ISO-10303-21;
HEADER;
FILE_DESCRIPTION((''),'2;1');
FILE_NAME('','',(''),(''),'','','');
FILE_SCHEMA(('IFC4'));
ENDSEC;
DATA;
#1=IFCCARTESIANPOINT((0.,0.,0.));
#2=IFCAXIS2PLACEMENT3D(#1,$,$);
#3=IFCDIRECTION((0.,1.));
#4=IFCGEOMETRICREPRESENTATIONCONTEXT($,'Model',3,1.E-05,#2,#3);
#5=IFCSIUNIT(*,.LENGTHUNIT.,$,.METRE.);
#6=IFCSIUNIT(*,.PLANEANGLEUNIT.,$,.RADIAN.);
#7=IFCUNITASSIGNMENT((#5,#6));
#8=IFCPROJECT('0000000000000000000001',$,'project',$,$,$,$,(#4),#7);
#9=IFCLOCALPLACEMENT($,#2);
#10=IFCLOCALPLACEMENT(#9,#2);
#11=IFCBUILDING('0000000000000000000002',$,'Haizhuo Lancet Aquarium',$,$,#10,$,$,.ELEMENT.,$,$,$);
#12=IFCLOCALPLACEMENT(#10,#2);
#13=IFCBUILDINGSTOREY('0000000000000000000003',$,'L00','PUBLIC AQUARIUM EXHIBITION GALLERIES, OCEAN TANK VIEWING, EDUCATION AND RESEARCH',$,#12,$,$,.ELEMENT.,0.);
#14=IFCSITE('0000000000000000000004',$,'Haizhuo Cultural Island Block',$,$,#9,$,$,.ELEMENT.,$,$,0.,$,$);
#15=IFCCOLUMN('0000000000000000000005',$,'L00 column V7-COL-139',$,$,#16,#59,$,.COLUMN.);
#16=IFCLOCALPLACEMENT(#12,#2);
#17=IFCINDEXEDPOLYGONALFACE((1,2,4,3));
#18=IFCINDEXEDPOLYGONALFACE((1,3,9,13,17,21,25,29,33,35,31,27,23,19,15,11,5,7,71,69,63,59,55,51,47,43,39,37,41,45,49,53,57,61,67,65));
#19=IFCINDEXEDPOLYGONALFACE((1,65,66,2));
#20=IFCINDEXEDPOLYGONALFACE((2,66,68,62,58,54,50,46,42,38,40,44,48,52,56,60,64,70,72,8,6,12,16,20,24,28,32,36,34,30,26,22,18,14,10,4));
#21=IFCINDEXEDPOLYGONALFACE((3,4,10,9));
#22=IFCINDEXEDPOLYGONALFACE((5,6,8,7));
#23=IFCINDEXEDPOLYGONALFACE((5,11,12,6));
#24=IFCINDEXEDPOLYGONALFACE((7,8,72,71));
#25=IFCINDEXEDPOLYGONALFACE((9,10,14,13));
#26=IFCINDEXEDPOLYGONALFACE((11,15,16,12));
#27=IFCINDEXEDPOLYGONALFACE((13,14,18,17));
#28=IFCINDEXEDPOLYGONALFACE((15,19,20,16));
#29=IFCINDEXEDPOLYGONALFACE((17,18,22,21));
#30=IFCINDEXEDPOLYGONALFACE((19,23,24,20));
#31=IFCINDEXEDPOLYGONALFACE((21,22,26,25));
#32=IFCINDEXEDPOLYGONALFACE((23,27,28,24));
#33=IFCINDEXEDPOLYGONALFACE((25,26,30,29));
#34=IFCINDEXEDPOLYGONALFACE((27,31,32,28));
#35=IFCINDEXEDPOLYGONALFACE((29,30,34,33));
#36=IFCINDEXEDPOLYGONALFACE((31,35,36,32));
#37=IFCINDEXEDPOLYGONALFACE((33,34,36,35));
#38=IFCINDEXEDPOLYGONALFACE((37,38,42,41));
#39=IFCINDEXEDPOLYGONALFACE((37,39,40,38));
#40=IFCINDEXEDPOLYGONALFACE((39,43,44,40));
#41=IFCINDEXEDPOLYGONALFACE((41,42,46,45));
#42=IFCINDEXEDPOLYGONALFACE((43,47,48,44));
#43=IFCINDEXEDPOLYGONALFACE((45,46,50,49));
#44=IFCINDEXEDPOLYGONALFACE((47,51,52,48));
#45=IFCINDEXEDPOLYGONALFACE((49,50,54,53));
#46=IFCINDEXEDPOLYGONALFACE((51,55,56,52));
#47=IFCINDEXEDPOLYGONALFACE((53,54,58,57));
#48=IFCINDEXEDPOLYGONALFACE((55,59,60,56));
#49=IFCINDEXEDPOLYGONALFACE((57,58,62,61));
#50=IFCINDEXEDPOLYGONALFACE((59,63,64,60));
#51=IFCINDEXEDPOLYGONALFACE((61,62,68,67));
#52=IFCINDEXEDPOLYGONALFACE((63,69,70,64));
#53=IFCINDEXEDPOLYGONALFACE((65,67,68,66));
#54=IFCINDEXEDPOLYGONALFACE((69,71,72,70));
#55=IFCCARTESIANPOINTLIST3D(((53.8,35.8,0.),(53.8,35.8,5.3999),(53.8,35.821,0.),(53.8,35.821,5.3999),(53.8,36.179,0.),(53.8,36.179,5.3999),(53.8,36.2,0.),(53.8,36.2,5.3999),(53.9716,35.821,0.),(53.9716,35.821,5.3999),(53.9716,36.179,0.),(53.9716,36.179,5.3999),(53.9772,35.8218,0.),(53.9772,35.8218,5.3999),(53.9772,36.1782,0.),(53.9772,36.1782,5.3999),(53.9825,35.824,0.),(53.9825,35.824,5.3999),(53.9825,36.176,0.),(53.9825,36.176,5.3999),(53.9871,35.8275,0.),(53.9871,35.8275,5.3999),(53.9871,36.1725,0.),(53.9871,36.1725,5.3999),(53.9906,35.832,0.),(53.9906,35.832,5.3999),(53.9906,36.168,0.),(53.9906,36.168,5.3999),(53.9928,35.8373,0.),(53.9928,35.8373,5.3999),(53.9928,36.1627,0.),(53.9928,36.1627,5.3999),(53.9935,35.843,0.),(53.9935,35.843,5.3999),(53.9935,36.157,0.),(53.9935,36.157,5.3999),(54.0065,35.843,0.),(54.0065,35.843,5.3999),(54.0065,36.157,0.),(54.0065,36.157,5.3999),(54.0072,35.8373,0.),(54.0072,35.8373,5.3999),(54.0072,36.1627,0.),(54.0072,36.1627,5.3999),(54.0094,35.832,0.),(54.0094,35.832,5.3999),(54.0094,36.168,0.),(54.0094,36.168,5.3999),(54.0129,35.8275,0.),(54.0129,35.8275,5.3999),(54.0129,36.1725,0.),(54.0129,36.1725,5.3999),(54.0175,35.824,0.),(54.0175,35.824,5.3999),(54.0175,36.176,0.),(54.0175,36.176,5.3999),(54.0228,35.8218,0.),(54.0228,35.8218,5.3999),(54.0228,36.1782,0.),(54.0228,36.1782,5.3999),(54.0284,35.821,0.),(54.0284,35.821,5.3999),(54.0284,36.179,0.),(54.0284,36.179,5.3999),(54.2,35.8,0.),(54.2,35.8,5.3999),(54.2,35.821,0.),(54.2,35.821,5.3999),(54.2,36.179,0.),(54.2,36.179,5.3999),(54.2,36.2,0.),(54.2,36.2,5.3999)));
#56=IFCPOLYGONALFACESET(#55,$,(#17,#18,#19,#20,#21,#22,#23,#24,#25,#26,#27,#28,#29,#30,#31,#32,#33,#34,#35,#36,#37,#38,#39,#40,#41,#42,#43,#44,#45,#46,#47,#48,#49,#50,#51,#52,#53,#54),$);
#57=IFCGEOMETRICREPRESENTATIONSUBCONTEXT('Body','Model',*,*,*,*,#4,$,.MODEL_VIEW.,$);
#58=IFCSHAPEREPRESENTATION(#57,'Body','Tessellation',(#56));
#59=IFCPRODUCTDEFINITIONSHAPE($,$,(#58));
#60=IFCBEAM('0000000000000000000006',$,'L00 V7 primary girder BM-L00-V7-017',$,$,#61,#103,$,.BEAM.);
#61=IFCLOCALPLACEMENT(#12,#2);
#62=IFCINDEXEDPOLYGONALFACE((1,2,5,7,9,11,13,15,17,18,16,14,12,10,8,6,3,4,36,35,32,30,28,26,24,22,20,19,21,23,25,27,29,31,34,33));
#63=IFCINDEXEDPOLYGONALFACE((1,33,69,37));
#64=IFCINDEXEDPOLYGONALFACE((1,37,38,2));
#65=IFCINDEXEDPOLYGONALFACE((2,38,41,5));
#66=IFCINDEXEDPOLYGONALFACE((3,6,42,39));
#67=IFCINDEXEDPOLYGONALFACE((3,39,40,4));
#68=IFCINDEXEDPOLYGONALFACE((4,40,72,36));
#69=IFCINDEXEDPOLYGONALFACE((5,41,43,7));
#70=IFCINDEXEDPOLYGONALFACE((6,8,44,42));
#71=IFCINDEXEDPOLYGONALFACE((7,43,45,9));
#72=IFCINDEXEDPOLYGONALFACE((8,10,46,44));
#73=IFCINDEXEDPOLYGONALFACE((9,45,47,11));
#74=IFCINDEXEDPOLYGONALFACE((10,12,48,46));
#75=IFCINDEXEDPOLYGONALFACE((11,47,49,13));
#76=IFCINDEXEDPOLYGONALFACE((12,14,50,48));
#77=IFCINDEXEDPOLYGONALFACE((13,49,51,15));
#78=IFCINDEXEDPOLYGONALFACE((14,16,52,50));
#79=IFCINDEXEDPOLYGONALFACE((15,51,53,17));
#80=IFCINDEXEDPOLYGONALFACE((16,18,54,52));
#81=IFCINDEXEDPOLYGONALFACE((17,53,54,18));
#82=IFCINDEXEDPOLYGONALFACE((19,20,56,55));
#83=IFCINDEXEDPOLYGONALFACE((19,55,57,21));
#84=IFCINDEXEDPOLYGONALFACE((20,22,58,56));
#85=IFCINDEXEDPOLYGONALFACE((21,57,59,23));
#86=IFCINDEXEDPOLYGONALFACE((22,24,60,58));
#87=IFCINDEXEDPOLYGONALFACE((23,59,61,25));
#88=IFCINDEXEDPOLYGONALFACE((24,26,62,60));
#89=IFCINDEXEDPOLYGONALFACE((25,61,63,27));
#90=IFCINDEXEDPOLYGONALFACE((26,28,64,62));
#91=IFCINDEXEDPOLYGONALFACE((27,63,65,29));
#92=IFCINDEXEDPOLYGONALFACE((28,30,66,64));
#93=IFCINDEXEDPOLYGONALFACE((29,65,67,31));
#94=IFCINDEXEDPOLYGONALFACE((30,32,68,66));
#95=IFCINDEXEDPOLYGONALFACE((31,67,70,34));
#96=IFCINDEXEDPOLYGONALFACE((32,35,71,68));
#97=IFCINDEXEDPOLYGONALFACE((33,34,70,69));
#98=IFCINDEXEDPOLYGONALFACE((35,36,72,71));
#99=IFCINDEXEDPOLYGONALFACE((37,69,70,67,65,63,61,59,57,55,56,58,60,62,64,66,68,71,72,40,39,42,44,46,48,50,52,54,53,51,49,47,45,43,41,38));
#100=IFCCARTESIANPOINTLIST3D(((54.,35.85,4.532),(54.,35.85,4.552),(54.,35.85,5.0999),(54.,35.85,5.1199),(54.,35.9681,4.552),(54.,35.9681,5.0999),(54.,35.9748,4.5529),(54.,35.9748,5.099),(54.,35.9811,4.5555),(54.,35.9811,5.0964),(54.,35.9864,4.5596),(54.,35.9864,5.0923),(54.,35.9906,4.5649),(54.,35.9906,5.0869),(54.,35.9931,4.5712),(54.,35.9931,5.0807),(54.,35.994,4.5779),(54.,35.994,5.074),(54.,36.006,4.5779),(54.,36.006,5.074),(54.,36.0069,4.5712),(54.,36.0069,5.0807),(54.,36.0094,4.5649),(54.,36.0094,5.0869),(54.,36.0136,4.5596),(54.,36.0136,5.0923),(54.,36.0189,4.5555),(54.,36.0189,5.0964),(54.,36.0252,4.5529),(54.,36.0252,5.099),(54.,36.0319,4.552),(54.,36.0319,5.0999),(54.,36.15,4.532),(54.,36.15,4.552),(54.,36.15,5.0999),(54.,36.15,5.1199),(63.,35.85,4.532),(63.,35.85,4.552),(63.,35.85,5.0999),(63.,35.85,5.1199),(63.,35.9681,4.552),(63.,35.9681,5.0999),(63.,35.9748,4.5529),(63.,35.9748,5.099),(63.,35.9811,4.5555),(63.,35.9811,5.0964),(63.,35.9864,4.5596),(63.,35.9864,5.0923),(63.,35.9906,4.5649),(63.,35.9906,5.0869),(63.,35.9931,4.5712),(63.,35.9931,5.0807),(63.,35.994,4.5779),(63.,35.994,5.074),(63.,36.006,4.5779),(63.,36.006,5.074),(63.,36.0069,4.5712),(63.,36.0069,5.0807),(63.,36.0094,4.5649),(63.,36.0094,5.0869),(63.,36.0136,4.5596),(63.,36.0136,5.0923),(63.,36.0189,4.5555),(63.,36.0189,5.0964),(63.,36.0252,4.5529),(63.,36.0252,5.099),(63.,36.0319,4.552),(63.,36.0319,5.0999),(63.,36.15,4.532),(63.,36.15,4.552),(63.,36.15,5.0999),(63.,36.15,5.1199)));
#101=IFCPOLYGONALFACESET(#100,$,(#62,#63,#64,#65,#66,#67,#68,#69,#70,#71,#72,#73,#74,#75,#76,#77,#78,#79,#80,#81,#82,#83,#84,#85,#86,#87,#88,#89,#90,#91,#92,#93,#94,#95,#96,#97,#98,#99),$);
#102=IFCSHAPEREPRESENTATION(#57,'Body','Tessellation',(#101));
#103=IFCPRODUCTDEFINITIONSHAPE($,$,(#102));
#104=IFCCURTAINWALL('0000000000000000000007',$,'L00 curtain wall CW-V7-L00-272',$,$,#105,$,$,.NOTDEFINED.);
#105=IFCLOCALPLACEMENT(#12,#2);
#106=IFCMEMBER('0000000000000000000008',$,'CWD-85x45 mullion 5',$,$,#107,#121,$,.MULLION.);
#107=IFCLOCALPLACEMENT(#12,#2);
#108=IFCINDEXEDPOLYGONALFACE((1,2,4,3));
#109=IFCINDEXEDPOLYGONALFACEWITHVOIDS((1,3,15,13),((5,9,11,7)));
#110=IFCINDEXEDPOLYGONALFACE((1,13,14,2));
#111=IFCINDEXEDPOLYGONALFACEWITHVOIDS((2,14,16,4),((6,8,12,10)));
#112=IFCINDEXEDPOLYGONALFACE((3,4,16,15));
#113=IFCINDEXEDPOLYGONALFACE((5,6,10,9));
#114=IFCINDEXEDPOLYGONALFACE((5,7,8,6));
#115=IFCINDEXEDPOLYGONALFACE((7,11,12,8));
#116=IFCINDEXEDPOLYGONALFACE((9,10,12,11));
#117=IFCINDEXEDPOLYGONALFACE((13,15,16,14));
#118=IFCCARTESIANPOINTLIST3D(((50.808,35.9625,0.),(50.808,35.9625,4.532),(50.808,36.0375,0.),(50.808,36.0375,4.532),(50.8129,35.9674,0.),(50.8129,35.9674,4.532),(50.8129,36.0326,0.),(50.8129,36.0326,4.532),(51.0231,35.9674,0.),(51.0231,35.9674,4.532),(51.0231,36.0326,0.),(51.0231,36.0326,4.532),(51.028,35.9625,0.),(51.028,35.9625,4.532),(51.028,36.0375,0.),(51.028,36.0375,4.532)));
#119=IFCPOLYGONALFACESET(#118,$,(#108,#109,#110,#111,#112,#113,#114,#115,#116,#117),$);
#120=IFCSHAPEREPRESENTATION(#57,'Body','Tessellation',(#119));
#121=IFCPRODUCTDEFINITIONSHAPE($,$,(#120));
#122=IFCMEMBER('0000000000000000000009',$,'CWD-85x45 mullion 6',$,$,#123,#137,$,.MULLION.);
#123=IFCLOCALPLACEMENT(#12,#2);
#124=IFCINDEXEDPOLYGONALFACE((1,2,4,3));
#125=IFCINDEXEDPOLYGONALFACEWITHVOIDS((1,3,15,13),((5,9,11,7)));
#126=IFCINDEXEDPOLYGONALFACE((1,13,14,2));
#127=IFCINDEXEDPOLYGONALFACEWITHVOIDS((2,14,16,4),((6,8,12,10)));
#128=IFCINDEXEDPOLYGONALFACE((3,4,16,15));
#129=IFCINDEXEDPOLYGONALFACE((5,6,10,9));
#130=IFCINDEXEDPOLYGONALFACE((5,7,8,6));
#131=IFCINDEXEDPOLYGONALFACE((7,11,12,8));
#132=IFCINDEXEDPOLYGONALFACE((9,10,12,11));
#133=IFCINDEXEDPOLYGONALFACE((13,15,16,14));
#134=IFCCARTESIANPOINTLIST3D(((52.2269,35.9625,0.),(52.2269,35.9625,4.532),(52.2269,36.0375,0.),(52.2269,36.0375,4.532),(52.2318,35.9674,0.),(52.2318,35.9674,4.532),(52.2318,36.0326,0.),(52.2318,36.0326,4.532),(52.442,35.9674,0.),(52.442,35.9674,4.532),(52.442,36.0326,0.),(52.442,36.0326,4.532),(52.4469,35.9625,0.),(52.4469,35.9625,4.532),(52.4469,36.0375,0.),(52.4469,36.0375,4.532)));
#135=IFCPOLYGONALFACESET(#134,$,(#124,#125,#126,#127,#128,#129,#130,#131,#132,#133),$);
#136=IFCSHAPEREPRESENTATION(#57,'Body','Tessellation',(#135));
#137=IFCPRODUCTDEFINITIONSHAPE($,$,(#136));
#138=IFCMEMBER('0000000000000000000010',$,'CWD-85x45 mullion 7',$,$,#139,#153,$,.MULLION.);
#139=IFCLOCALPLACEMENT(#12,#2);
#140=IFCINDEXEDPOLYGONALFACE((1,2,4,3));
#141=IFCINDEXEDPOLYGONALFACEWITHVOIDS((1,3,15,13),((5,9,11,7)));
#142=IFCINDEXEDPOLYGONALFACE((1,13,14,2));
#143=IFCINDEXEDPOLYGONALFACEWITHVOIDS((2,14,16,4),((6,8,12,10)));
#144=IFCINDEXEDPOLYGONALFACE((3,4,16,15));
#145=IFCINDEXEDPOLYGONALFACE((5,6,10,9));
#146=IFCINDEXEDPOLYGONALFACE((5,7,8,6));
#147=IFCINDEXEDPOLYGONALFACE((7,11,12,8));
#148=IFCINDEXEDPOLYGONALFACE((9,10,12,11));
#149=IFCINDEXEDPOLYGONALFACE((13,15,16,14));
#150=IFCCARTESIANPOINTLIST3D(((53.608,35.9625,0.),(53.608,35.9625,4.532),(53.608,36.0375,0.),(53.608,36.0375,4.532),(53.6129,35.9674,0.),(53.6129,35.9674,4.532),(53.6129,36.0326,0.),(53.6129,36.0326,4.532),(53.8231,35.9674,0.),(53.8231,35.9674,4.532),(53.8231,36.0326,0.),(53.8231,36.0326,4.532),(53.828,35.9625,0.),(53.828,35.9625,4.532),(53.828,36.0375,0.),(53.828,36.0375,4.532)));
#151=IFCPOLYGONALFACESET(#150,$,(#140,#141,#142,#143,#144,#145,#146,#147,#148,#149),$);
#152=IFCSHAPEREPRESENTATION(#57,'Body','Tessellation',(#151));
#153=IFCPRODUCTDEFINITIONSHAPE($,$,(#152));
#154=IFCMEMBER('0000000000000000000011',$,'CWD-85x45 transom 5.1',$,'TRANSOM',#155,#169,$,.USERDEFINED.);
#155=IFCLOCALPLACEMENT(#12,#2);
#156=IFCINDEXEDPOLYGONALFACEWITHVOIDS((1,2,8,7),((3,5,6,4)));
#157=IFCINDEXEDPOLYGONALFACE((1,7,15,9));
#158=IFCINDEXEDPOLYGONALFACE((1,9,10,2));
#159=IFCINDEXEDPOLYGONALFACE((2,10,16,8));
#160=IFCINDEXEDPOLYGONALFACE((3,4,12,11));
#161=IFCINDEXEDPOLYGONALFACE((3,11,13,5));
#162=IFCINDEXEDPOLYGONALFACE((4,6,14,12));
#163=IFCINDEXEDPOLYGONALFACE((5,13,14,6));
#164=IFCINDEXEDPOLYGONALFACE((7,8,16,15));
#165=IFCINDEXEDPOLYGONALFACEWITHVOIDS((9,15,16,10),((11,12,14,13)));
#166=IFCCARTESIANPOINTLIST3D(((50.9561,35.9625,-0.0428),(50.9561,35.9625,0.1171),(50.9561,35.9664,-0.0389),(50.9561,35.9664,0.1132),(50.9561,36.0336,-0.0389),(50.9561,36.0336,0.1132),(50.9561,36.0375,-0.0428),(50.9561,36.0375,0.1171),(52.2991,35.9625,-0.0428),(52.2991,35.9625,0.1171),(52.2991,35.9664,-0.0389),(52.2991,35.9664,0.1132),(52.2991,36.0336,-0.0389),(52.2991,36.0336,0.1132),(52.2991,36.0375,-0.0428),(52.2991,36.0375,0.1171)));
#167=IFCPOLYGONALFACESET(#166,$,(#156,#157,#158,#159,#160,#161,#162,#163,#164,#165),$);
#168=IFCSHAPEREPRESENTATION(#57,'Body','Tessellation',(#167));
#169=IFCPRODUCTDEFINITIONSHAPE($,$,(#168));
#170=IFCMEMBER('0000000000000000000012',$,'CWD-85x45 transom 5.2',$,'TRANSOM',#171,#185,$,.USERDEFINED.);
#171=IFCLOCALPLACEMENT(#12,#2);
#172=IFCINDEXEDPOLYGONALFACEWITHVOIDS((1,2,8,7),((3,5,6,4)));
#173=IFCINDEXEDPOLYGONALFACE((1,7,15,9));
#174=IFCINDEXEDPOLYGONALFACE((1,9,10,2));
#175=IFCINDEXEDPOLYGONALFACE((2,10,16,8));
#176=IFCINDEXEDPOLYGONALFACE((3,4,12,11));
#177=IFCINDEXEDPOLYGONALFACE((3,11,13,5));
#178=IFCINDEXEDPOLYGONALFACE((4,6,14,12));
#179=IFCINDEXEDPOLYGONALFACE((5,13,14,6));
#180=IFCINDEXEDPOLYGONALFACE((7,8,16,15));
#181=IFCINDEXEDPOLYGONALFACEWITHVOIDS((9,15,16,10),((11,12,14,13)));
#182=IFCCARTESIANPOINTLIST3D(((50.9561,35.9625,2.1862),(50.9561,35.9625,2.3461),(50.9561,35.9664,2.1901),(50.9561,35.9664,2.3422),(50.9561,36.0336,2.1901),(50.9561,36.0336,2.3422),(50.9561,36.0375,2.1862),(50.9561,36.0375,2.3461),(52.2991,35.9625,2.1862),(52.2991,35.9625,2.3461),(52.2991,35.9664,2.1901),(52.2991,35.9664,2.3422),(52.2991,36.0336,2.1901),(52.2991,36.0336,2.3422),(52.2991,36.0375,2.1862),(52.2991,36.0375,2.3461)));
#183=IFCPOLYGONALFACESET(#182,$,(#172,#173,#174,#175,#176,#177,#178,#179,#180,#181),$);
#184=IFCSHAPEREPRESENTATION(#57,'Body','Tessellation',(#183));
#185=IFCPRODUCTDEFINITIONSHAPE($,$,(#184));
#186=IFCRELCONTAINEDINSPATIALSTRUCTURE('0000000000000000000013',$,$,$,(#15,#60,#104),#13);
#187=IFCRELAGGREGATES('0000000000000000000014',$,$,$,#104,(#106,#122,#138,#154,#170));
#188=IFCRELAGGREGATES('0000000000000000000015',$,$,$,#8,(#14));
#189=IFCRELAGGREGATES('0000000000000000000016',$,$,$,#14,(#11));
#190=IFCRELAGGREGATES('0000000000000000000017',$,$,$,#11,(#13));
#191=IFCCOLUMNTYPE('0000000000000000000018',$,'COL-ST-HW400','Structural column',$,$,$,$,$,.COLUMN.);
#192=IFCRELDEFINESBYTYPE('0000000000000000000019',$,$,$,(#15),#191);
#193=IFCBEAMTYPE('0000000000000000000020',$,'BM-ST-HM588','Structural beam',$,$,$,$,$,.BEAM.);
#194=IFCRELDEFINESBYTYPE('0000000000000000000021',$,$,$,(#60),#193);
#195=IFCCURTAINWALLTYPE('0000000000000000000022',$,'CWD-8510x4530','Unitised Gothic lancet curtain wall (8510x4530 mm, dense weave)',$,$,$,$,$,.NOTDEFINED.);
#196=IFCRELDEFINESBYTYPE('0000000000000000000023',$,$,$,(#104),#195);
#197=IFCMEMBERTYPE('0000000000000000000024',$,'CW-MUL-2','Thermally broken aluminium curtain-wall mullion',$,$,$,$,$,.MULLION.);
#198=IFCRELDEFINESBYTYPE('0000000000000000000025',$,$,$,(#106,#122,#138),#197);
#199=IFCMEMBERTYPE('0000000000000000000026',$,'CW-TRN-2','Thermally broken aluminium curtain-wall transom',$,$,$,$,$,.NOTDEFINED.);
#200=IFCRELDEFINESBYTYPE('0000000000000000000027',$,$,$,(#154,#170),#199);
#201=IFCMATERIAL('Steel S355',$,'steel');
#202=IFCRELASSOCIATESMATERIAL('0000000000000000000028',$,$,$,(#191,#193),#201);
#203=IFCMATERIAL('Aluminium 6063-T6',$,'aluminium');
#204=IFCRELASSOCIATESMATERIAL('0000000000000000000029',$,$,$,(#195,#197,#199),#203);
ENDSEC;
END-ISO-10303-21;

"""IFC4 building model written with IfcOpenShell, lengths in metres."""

from ifc_helpers import new_model, si_unit, direction, frame, origin, origin_2d, place, context, subcontext, project, spatial, hollow_rectangle, i_section, extrude, material, material_profile, profile_set, type_object, element, aggregate, save


model = new_model("IFC4")

# Units and contexts
model_context = context("Model", 3, precision=1e-05, world=origin(), true_north=direction((0.0, 1.0)))
body_context = subcontext(model_context, "Body", "Model", "MODEL_VIEW")
ifc_project = project(units=[si_unit("LENGTHUNIT", "METRE"), si_unit("PLANEANGLEUNIT", "RADIAN")], contexts=[model_context])

# Site, building, storey
site_placement = place(None, origin())
site = spatial("IfcSite", under=ifc_project, at=site_placement, Name="Haizhuo Cultural Island Block", CompositionType="ELEMENT", RefElevation=0.0)
building_placement = place(site_placement, origin())
building = spatial("IfcBuilding", under=site, at=building_placement, Name="Haizhuo Lancet Aquarium", CompositionType="ELEMENT")
storey_placement = place(building_placement, origin())
storey = spatial("IfcBuildingStorey", under=building, at=storey_placement, Name="L00", Description="PUBLIC AQUARIUM EXHIBITION GALLERIES, OCEAN TANK VIEWING, EDUCATION AND RESEARCH", CompositionType="ELEMENT", Elevation=0.0)

# Column
ifc_material_1 = material(Name="Steel S355", Category="steel")
ifc_material_profile_1 = material_profile(ifc_material_1, i_section(OverallWidth=0.3999, OverallDepth=0.3999, WebThickness=0.0129, FlangeThickness=0.021, FilletRadius=0.022, at=origin_2d()), Name="HW 400x400x13x21")
ifc_profile_set_1 = profile_set([ifc_material_profile_1], Name="Steel S355")
column_type = type_object("IfcColumnType", Name="COL-ST-HW400", Description="Structural column", PredefinedType="COLUMN", material=ifc_profile_set_1)
column_placement = place(storey_placement, frame((54.0, 36.0, 0.0), z_axis=(0.0, 0.0, 1.0), x_axis=(1.0, 0.0, 0.0)))
element("IfcColumn", 1, at=column_placement, inside=storey, type_object=column_type, Name="L00 column V7-COL-139", PredefinedType="COLUMN", context=body_context, shape_type="SweptSolid", body=[
    extrude(i_section(OverallWidth=0.3999, OverallDepth=0.3999, WebThickness=0.0129, FlangeThickness=0.021, FilletRadius=0.022, at=origin_2d()), origin(), (0.0, 0.0, 1.0), 5.3999),
])

# Beam
ifc_material_profile_2 = material_profile(ifc_material_1, i_section(OverallWidth=0.3, OverallDepth=0.5879, WebThickness=0.012, FlangeThickness=0.02, FilletRadius=0.0259, at=origin_2d()), Name="HM 588x300x12x20")
ifc_profile_set_2 = profile_set([ifc_material_profile_2], Name="Steel S355")
beam_type = type_object("IfcBeamType", Name="BM-ST-HM588", Description="Structural beam", PredefinedType="BEAM", material=ifc_profile_set_2)
beam_placement = place(storey_placement, frame((54.0, 36.0, 4.8259), z_axis=(1.0, 0.0, 0.0), x_axis=(0.0, 1.0, 0.0)))
element("IfcBeam", 2, at=beam_placement, inside=storey, type_object=beam_type, Name="L00 V7 primary girder BM-L00-V7-017", PredefinedType="BEAM", context=body_context, shape_type="SweptSolid", body=[
    extrude(i_section(OverallWidth=0.3, OverallDepth=0.5879, WebThickness=0.012, FlangeThickness=0.02, FilletRadius=0.0259, at=origin_2d()), origin(), (0.0, 0.0, 1.0), 9.0),
])

# Curtain wall, members
ifc_material_2 = material(Name="Aluminium 6063-T6", Category="aluminium")
curtain_wall_type = type_object("IfcCurtainWallType", Name="CWD-8510x4530", Description="Unitised Gothic lancet curtain wall (8510x4530 mm, dense weave)", PredefinedType="NOTDEFINED", material=ifc_material_2)
curtain_wall_placement = place(storey_placement, origin())
curtain_wall = element("IfcCurtainWall", 3, at=curtain_wall_placement, inside=storey, type_object=curtain_wall_type, Name="L00 curtain wall CW-V7-L00-272", PredefinedType="NOTDEFINED")
ifc_material_profile_3 = material_profile(ifc_material_2, hollow_rectangle(XDim=0.075, YDim=0.22, WallThickness=0.0049, at=origin_2d()), Name="ALU-M 75x220x5")
ifc_profile_set_3 = profile_set([ifc_material_profile_3], Name="Aluminium 6063-T6")
member_type_1 = type_object("IfcMemberType", Name="CW-MUL-2", Description="Thermally broken aluminium curtain-wall mullion", PredefinedType="MULLION", material=ifc_profile_set_3)
member_1_placement = place(storey_placement, frame((50.918, 36.0, 0.0), z_axis=(0.0, 0.0, 1.0), x_axis=(0.0, 1.0, 0.0)))
member_1 = element("IfcMember", 4, at=member_1_placement, type_object=member_type_1, Name="CWD-85x45 mullion 5", PredefinedType="MULLION", context=body_context, shape_type="SweptSolid", body=[
    extrude(hollow_rectangle(XDim=0.075, YDim=0.22, WallThickness=0.0049, at=origin_2d()), origin(), (0.0, 0.0, 1.0), 4.532),
])
member_2_placement = place(storey_placement, frame((52.3369, 36.0, 0.0), z_axis=(0.0, 0.0, 1.0), x_axis=(0.0, 1.0, 0.0)))
member_2 = element("IfcMember", 5, at=member_2_placement, type_object=member_type_1, Name="CWD-85x45 mullion 6", PredefinedType="MULLION", context=body_context, shape_type="SweptSolid", body=[
    extrude(hollow_rectangle(XDim=0.075, YDim=0.22, WallThickness=0.0049, at=origin_2d()), origin(), (0.0, 0.0, 1.0), 4.532),
])
member_3_placement = place(storey_placement, frame((53.718, 36.0, 0.0), z_axis=(0.0, 0.0, 1.0), x_axis=(0.0, 1.0, 0.0)))
member_3 = element("IfcMember", 6, at=member_3_placement, type_object=member_type_1, Name="CWD-85x45 mullion 7", PredefinedType="MULLION", context=body_context, shape_type="SweptSolid", body=[
    extrude(hollow_rectangle(XDim=0.075, YDim=0.22, WallThickness=0.0049, at=origin_2d()), origin(), (0.0, 0.0, 1.0), 4.532),
])
ifc_material_profile_4 = material_profile(ifc_material_2, hollow_rectangle(XDim=0.075, YDim=0.1599, WallThickness=0.0039, at=origin_2d()), Name="ALU-T 75x160x4")
ifc_profile_set_4 = profile_set([ifc_material_profile_4], Name="Aluminium 6063-T6")
member_type_2 = type_object("IfcMemberType", Name="CW-TRN-2", Description="Thermally broken aluminium curtain-wall transom", PredefinedType="NOTDEFINED", material=ifc_profile_set_4)
member_4_placement = place(storey_placement, frame((50.9561, 36.0, 0.0371), z_axis=(1.0, 0.0, 0.0), x_axis=(0.0, 1.0, 0.0)))
member_4 = element("IfcMember", 7, at=member_4_placement, type_object=member_type_2, Name="CWD-85x45 transom 5.1", ObjectType="TRANSOM", PredefinedType="USERDEFINED", context=body_context, shape_type="SweptSolid", body=[
    extrude(hollow_rectangle(XDim=0.075, YDim=0.1599, WallThickness=0.0039, at=origin_2d()), origin(), (0.0, 0.0, 1.0), 1.343),
])
member_5_placement = place(storey_placement, frame((50.9561, 36.0, 2.2661), z_axis=(1.0, 0.0, 0.0), x_axis=(0.0, 1.0, 0.0)))
member_5 = element("IfcMember", 8, at=member_5_placement, type_object=member_type_2, Name="CWD-85x45 transom 5.2", ObjectType="TRANSOM", PredefinedType="USERDEFINED", context=body_context, shape_type="SweptSolid", body=[
    extrude(hollow_rectangle(XDim=0.075, YDim=0.1599, WallThickness=0.0039, at=origin_2d()), origin(), (0.0, 0.0, 1.0), 1.343),
])

aggregate(curtain_wall, [member_1, member_2, member_3, member_4, member_5])

save(model, "model.ifc")
